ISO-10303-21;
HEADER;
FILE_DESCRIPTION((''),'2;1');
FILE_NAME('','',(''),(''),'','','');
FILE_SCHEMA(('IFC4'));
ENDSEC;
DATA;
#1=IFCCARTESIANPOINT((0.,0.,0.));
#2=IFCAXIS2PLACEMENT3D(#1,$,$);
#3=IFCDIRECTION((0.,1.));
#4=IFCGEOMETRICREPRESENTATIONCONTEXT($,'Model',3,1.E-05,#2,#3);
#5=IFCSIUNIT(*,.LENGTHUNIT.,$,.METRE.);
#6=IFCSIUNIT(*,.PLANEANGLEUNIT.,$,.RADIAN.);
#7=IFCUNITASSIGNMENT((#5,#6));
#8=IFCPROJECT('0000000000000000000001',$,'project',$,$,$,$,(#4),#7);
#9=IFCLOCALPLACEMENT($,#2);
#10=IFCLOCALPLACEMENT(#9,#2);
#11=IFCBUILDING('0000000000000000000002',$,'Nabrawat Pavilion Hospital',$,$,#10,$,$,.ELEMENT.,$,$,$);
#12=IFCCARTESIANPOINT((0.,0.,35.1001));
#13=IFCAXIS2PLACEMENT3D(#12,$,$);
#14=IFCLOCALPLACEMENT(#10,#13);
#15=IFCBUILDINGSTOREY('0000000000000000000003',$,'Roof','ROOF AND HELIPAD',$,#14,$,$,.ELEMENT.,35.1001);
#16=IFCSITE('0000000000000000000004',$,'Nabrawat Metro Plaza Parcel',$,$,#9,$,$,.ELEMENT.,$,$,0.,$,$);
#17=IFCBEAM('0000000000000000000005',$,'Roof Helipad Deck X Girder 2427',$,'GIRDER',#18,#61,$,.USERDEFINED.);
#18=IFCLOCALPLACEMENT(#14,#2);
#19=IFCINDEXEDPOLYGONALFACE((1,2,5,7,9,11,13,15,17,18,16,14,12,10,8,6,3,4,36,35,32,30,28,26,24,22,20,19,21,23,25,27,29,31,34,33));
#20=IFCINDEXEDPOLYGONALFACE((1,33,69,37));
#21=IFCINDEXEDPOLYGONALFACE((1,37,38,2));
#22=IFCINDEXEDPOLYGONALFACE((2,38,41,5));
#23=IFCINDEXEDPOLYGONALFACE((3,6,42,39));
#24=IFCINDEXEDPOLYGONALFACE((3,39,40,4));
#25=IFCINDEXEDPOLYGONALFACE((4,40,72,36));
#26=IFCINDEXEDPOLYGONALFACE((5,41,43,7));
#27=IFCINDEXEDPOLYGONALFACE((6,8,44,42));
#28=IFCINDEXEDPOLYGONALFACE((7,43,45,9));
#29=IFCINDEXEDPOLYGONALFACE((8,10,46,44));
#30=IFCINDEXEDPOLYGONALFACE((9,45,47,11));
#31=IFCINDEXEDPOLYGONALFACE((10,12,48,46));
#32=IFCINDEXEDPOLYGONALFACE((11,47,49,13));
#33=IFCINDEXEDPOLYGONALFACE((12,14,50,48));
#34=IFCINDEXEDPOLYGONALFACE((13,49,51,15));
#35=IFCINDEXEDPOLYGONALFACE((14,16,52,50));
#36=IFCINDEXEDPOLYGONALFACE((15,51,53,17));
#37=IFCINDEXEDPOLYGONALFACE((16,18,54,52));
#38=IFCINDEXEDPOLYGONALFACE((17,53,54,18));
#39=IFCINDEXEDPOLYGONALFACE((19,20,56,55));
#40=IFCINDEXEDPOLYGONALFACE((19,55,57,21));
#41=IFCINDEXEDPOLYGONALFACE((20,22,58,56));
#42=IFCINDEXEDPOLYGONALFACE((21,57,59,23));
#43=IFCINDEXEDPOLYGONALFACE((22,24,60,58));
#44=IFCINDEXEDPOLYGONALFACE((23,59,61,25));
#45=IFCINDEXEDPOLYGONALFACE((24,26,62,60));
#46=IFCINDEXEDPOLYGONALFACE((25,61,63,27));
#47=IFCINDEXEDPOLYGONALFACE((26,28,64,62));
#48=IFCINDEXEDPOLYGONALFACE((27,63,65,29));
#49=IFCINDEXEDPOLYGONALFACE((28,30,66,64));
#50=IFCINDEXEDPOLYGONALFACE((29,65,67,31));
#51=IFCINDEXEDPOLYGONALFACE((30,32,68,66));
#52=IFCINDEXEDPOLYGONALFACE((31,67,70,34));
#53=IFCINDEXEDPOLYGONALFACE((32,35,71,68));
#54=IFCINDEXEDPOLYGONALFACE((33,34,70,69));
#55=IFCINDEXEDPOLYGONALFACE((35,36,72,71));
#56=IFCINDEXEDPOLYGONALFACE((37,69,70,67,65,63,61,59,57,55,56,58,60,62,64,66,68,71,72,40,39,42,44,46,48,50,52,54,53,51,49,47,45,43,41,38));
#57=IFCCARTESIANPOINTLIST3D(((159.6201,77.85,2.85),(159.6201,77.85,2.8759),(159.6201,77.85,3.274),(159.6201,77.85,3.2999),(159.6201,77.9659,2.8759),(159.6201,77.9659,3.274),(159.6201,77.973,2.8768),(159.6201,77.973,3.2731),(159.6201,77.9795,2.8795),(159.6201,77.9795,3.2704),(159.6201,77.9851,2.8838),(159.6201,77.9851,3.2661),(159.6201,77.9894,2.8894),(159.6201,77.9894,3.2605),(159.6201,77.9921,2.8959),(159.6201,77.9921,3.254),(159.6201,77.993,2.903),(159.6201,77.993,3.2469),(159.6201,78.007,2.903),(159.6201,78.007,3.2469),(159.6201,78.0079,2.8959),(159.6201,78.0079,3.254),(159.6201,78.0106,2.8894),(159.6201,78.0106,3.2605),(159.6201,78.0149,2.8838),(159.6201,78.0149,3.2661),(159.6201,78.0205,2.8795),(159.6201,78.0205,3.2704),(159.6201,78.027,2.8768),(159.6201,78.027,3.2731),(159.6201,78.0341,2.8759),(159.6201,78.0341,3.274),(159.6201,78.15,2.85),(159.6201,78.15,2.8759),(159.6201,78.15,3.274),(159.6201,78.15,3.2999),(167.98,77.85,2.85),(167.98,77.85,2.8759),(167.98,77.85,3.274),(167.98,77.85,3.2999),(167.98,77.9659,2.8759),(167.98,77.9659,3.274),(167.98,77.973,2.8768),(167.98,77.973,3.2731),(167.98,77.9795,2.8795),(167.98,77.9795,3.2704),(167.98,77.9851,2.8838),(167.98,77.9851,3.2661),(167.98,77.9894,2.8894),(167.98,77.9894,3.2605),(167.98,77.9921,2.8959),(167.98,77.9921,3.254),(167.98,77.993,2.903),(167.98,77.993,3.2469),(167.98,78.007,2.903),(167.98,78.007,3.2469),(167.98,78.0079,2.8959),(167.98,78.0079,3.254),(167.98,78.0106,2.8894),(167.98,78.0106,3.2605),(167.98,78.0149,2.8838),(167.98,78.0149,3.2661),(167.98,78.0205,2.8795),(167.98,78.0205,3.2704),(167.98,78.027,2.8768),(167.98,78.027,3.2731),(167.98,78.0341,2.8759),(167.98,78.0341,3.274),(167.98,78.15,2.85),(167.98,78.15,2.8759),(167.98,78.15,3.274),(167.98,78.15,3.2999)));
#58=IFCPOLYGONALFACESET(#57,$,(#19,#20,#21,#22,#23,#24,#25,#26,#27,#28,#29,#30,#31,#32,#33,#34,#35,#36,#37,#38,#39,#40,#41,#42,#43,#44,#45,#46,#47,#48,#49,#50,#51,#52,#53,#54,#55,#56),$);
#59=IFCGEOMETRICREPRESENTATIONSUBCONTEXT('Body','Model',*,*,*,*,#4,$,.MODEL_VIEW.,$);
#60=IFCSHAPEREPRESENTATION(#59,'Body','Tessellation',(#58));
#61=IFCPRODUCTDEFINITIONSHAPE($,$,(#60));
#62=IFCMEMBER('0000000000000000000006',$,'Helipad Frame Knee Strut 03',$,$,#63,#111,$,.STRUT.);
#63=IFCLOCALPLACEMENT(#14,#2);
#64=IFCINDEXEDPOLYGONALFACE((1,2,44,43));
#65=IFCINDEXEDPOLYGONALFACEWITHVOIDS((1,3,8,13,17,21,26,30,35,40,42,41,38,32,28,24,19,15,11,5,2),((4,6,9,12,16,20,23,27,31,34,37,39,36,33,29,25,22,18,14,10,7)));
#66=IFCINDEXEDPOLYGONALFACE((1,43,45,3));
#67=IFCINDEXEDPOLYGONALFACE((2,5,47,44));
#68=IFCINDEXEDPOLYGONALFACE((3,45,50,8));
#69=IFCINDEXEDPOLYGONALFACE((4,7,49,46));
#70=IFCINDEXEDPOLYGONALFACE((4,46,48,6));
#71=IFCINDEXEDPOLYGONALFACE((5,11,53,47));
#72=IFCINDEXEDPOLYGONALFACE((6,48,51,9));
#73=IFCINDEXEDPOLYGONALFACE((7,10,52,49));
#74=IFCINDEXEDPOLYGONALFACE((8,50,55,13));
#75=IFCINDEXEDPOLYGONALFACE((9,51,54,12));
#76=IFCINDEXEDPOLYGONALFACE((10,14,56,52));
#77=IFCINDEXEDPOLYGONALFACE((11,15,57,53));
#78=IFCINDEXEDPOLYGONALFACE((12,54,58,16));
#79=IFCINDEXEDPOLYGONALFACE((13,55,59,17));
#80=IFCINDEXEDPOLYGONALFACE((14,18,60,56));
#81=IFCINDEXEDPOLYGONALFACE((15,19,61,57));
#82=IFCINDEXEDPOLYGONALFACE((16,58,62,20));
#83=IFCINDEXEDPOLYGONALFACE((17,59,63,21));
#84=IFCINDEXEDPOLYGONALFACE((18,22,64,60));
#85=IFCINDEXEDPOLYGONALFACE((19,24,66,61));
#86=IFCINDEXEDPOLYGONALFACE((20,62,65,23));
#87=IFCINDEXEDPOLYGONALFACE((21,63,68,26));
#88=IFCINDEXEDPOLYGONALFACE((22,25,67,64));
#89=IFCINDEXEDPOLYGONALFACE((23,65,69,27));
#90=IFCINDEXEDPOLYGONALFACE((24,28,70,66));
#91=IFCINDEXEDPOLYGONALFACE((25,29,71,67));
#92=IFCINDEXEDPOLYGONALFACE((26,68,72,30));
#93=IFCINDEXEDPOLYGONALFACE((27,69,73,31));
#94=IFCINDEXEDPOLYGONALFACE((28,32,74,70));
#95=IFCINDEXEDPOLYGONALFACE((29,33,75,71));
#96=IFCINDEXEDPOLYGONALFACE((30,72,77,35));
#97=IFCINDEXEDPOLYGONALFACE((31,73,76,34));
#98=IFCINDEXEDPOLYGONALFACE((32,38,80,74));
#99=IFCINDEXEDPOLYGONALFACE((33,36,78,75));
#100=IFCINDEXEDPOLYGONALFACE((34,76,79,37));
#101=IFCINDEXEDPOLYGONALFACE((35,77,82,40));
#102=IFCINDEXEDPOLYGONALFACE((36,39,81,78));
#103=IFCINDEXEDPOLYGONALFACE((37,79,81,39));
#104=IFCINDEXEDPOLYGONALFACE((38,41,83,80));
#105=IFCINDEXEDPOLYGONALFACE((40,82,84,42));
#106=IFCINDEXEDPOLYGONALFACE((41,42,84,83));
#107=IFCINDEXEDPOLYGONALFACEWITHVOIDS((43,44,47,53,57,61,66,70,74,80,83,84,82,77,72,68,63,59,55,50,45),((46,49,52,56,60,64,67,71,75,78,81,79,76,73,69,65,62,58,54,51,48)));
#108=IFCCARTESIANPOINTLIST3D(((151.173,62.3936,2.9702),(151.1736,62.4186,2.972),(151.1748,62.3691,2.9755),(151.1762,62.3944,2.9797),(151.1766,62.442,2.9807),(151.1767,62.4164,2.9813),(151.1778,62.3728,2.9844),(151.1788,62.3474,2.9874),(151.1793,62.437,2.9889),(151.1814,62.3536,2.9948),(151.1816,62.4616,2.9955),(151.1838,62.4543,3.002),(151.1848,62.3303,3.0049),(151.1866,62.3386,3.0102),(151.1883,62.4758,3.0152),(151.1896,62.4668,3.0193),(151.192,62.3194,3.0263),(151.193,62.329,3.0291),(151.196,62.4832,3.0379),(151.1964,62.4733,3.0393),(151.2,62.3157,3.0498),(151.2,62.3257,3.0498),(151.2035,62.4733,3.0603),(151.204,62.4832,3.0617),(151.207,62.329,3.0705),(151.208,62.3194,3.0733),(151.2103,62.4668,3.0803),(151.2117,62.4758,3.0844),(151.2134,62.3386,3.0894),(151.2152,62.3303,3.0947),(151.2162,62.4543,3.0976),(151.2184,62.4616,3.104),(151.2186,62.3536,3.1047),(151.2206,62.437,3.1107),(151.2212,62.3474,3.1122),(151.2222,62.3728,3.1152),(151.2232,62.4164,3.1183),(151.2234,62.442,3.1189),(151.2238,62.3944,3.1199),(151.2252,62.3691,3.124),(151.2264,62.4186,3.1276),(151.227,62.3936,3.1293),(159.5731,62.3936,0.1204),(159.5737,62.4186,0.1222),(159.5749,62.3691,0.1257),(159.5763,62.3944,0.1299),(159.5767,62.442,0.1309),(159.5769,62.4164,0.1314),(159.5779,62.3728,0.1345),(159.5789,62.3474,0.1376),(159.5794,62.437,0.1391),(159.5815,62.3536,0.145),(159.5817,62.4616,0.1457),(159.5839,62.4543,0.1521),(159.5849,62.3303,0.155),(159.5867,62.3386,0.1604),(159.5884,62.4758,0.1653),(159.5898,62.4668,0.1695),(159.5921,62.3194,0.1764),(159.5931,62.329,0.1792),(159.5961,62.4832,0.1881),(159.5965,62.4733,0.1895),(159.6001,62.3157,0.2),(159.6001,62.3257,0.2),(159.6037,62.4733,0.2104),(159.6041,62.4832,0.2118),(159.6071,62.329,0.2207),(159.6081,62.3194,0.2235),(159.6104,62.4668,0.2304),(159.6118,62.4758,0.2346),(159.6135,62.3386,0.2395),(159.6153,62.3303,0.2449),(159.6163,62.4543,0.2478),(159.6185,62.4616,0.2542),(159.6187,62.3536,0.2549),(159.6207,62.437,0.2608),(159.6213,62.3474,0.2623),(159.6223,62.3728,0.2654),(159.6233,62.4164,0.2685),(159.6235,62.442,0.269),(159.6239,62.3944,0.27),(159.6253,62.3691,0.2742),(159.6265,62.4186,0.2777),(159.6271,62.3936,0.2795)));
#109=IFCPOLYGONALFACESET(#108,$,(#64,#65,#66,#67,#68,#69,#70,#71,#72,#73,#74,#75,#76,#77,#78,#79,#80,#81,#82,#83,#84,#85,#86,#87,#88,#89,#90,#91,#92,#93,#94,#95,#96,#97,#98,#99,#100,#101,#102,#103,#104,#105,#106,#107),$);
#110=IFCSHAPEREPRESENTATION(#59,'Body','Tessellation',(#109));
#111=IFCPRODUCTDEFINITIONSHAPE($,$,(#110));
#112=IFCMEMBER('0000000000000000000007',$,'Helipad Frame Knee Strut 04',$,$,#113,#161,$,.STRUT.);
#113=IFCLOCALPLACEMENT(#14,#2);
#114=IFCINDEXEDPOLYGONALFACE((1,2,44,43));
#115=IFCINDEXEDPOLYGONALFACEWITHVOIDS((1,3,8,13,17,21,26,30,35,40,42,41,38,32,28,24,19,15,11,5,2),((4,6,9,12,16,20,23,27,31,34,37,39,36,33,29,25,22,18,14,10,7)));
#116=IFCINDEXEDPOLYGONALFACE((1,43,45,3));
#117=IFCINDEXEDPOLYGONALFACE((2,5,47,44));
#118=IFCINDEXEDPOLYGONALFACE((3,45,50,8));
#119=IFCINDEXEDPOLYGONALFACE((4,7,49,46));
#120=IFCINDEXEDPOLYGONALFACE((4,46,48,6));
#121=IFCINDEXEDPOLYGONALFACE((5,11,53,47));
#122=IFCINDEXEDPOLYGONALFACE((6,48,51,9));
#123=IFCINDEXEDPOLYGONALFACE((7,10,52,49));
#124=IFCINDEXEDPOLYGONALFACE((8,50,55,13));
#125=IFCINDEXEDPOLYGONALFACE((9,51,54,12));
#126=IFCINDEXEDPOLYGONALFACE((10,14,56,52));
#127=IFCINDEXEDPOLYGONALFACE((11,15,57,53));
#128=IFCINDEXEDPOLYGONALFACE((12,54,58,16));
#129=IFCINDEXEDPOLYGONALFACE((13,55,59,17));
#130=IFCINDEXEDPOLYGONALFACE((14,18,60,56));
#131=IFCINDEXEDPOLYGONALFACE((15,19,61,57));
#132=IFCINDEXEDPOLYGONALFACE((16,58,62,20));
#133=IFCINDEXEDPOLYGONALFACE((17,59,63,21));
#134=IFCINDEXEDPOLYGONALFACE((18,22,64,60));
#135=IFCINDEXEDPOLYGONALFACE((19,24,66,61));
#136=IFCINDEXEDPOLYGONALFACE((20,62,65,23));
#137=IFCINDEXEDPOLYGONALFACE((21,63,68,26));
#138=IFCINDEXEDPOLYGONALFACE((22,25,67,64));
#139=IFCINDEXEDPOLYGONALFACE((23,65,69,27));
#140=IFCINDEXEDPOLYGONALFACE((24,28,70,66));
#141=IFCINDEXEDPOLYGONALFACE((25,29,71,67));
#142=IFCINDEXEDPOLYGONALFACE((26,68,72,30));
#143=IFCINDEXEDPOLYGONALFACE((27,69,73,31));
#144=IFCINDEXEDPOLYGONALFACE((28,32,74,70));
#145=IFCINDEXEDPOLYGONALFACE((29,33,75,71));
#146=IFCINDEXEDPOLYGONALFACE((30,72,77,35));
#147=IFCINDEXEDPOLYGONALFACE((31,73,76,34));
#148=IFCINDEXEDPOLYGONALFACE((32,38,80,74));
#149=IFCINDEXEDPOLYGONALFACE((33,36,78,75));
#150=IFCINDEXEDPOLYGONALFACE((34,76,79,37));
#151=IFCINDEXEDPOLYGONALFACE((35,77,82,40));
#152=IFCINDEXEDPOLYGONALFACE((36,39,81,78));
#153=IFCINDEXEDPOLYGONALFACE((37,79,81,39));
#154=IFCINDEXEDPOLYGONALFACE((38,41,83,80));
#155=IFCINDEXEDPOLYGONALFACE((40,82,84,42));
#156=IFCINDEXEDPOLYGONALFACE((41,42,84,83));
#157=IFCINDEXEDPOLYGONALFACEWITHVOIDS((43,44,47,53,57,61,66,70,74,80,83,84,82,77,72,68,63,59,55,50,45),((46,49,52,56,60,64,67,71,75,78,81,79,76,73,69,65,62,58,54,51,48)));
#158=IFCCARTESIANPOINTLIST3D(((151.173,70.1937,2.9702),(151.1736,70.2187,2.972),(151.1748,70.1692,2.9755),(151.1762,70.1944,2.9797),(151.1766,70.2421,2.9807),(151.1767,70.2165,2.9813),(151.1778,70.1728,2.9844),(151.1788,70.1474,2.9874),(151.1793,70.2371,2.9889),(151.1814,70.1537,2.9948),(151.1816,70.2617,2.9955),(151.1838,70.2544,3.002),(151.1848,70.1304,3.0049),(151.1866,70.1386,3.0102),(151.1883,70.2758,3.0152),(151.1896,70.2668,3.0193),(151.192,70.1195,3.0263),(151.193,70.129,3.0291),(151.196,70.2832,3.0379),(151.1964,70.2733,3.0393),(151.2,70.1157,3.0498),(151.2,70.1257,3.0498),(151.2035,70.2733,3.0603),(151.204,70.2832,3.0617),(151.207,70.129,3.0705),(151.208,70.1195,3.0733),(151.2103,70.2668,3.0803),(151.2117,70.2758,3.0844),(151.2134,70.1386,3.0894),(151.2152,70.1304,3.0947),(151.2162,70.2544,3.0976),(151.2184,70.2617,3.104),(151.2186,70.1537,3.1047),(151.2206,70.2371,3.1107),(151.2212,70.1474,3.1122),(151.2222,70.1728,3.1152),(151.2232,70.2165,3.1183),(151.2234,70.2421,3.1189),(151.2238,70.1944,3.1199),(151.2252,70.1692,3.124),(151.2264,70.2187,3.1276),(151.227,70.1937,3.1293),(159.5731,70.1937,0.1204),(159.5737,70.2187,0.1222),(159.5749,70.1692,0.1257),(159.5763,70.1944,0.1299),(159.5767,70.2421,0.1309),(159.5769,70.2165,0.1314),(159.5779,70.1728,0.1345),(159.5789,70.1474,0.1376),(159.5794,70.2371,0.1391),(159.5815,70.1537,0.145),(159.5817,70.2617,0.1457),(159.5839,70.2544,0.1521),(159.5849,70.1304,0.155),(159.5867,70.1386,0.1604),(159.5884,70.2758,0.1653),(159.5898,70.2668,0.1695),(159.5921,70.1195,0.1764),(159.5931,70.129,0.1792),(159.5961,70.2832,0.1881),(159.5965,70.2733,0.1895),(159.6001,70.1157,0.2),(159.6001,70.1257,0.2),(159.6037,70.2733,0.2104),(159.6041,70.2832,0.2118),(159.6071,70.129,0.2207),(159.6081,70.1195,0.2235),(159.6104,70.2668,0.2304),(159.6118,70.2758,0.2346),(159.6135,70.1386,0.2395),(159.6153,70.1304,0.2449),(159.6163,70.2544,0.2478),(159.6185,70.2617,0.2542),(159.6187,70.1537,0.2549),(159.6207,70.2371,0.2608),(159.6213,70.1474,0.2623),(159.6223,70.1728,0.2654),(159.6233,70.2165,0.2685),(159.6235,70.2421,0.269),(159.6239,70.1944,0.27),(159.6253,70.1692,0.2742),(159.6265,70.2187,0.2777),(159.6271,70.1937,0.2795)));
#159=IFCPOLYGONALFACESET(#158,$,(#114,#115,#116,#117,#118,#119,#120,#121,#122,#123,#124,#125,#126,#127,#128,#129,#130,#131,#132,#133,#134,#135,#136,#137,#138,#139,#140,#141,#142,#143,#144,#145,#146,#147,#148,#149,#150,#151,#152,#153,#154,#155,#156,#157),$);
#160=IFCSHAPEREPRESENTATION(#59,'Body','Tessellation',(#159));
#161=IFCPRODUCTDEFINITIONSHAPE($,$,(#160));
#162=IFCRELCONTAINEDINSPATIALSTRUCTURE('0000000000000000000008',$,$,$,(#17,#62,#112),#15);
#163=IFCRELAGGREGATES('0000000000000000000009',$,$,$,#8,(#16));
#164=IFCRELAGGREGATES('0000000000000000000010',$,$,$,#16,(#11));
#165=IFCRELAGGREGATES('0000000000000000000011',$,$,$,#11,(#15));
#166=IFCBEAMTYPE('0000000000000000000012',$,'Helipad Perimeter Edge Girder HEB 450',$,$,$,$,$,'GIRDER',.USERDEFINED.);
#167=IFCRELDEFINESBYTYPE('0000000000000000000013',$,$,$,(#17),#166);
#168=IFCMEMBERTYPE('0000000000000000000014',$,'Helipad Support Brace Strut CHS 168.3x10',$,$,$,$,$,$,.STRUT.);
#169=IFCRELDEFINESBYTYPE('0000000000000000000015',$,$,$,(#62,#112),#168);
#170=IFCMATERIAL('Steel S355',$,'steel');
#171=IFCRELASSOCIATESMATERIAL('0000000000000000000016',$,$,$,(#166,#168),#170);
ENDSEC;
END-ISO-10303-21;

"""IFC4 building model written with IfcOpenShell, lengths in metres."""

from ifc_helpers import new_model, si_unit, direction, frame, origin, origin_2d, place, context, subcontext, project, spatial, hollow_circle, i_section, extrude, material, material_profile, profile_set, type_object, element, save


model = new_model("IFC4")

# Units and contexts
model_context = context("Model", 3, precision=1e-05, world=origin(), true_north=direction((0.0, 1.0)))
body_context = subcontext(model_context, "Body", "Model", "MODEL_VIEW")
ifc_project = project(units=[si_unit("LENGTHUNIT", "METRE"), si_unit("PLANEANGLEUNIT", "RADIAN")], contexts=[model_context])

# Site, building, storey
site_placement = place(None, origin())
site = spatial("IfcSite", under=ifc_project, at=site_placement, Name="Nabrawat Metro Plaza Parcel", CompositionType="ELEMENT", RefElevation=0.0)
building_placement = place(site_placement, origin())
building = spatial("IfcBuilding", under=site, at=building_placement, Name="Nabrawat Pavilion Hospital", CompositionType="ELEMENT")
storey_placement = place(building_placement, frame((0.0, 0.0, 35.1001)))
storey = spatial("IfcBuildingStorey", under=building, at=storey_placement, Name="Roof", Description="ROOF AND HELIPAD", CompositionType="ELEMENT", Elevation=35.1001)

# Shared definitions
ifc_material_1 = material(Name="Steel S355", Category="steel")

# Beam
ifc_material_profile_1 = material_profile(ifc_material_1, i_section(OverallWidth=0.3, OverallDepth=0.45, WebThickness=0.0139, FlangeThickness=0.0259, FilletRadius=0.0271, at=origin_2d()), Name="HEB 450")
ifc_profile_set_1 = profile_set([ifc_material_profile_1], Name="Steel S355")
beam_type_1 = type_object("IfcBeamType", Name="Helipad Perimeter Edge Girder HEB 450", ElementType="GIRDER", PredefinedType="USERDEFINED", material=ifc_profile_set_1)
for number, where, z_axis, x_axis, name in (
    (1, (159.6201, 78.0, 3.075), (1.0, 0.0, 0.0), (0.0, 1.0, 0.0), "Roof Helipad Deck X Girder 2427"),
):
    element("IfcBeam", number, at=place(storey_placement, frame(where, z_axis=z_axis, x_axis=x_axis)), inside=storey, type_object=beam_type_1, Name=name, ObjectType="GIRDER", PredefinedType="USERDEFINED", context=body_context, shape_type="SweptSolid", body=[
        extrude(i_section(OverallWidth=0.3, OverallDepth=0.45, WebThickness=0.0139, FlangeThickness=0.0259, FilletRadius=0.0271, at=origin_2d()), origin(), (0.0, 0.0, 1.0), 8.3599),
    ])

# Members
ifc_material_profile_2 = material_profile(ifc_material_1, hollow_circle(Radius=0.0842, WallThickness=0.01, at=origin_2d()), Name="CHS 168.3x10")
ifc_profile_set_2 = profile_set([ifc_material_profile_2], Name="Steel S355")
member_type_1 = type_object("IfcMemberType", Name="Helipad Support Brace Strut CHS 168.3x10", PredefinedType="STRUT", material=ifc_profile_set_2)
for number, where, z_axis, x_axis, name in (
    (2, (159.6001, 62.3999, 0.2), (-0.946985, 0.0, 0.321277), (0.0, -1.0, 0.0), "Helipad Frame Knee Strut 03"),
    (3, (159.6001, 70.2, 0.2), (-0.946985, 0.0, 0.321277), (0.0, -1.0, 0.0), "Helipad Frame Knee Strut 04"),
):
    element("IfcMember", number, at=place(storey_placement, frame(where, z_axis=z_axis, x_axis=x_axis)), inside=storey, type_object=member_type_1, Name=name, PredefinedType="STRUT", context=body_context, shape_type="SweptSolid", body=[
        extrude(hollow_circle(Radius=0.0842, WallThickness=0.01, at=origin_2d()), origin(), (0.0, 0.0, 1.0), 8.8704),
    ])

save(model, "model.ifc")
